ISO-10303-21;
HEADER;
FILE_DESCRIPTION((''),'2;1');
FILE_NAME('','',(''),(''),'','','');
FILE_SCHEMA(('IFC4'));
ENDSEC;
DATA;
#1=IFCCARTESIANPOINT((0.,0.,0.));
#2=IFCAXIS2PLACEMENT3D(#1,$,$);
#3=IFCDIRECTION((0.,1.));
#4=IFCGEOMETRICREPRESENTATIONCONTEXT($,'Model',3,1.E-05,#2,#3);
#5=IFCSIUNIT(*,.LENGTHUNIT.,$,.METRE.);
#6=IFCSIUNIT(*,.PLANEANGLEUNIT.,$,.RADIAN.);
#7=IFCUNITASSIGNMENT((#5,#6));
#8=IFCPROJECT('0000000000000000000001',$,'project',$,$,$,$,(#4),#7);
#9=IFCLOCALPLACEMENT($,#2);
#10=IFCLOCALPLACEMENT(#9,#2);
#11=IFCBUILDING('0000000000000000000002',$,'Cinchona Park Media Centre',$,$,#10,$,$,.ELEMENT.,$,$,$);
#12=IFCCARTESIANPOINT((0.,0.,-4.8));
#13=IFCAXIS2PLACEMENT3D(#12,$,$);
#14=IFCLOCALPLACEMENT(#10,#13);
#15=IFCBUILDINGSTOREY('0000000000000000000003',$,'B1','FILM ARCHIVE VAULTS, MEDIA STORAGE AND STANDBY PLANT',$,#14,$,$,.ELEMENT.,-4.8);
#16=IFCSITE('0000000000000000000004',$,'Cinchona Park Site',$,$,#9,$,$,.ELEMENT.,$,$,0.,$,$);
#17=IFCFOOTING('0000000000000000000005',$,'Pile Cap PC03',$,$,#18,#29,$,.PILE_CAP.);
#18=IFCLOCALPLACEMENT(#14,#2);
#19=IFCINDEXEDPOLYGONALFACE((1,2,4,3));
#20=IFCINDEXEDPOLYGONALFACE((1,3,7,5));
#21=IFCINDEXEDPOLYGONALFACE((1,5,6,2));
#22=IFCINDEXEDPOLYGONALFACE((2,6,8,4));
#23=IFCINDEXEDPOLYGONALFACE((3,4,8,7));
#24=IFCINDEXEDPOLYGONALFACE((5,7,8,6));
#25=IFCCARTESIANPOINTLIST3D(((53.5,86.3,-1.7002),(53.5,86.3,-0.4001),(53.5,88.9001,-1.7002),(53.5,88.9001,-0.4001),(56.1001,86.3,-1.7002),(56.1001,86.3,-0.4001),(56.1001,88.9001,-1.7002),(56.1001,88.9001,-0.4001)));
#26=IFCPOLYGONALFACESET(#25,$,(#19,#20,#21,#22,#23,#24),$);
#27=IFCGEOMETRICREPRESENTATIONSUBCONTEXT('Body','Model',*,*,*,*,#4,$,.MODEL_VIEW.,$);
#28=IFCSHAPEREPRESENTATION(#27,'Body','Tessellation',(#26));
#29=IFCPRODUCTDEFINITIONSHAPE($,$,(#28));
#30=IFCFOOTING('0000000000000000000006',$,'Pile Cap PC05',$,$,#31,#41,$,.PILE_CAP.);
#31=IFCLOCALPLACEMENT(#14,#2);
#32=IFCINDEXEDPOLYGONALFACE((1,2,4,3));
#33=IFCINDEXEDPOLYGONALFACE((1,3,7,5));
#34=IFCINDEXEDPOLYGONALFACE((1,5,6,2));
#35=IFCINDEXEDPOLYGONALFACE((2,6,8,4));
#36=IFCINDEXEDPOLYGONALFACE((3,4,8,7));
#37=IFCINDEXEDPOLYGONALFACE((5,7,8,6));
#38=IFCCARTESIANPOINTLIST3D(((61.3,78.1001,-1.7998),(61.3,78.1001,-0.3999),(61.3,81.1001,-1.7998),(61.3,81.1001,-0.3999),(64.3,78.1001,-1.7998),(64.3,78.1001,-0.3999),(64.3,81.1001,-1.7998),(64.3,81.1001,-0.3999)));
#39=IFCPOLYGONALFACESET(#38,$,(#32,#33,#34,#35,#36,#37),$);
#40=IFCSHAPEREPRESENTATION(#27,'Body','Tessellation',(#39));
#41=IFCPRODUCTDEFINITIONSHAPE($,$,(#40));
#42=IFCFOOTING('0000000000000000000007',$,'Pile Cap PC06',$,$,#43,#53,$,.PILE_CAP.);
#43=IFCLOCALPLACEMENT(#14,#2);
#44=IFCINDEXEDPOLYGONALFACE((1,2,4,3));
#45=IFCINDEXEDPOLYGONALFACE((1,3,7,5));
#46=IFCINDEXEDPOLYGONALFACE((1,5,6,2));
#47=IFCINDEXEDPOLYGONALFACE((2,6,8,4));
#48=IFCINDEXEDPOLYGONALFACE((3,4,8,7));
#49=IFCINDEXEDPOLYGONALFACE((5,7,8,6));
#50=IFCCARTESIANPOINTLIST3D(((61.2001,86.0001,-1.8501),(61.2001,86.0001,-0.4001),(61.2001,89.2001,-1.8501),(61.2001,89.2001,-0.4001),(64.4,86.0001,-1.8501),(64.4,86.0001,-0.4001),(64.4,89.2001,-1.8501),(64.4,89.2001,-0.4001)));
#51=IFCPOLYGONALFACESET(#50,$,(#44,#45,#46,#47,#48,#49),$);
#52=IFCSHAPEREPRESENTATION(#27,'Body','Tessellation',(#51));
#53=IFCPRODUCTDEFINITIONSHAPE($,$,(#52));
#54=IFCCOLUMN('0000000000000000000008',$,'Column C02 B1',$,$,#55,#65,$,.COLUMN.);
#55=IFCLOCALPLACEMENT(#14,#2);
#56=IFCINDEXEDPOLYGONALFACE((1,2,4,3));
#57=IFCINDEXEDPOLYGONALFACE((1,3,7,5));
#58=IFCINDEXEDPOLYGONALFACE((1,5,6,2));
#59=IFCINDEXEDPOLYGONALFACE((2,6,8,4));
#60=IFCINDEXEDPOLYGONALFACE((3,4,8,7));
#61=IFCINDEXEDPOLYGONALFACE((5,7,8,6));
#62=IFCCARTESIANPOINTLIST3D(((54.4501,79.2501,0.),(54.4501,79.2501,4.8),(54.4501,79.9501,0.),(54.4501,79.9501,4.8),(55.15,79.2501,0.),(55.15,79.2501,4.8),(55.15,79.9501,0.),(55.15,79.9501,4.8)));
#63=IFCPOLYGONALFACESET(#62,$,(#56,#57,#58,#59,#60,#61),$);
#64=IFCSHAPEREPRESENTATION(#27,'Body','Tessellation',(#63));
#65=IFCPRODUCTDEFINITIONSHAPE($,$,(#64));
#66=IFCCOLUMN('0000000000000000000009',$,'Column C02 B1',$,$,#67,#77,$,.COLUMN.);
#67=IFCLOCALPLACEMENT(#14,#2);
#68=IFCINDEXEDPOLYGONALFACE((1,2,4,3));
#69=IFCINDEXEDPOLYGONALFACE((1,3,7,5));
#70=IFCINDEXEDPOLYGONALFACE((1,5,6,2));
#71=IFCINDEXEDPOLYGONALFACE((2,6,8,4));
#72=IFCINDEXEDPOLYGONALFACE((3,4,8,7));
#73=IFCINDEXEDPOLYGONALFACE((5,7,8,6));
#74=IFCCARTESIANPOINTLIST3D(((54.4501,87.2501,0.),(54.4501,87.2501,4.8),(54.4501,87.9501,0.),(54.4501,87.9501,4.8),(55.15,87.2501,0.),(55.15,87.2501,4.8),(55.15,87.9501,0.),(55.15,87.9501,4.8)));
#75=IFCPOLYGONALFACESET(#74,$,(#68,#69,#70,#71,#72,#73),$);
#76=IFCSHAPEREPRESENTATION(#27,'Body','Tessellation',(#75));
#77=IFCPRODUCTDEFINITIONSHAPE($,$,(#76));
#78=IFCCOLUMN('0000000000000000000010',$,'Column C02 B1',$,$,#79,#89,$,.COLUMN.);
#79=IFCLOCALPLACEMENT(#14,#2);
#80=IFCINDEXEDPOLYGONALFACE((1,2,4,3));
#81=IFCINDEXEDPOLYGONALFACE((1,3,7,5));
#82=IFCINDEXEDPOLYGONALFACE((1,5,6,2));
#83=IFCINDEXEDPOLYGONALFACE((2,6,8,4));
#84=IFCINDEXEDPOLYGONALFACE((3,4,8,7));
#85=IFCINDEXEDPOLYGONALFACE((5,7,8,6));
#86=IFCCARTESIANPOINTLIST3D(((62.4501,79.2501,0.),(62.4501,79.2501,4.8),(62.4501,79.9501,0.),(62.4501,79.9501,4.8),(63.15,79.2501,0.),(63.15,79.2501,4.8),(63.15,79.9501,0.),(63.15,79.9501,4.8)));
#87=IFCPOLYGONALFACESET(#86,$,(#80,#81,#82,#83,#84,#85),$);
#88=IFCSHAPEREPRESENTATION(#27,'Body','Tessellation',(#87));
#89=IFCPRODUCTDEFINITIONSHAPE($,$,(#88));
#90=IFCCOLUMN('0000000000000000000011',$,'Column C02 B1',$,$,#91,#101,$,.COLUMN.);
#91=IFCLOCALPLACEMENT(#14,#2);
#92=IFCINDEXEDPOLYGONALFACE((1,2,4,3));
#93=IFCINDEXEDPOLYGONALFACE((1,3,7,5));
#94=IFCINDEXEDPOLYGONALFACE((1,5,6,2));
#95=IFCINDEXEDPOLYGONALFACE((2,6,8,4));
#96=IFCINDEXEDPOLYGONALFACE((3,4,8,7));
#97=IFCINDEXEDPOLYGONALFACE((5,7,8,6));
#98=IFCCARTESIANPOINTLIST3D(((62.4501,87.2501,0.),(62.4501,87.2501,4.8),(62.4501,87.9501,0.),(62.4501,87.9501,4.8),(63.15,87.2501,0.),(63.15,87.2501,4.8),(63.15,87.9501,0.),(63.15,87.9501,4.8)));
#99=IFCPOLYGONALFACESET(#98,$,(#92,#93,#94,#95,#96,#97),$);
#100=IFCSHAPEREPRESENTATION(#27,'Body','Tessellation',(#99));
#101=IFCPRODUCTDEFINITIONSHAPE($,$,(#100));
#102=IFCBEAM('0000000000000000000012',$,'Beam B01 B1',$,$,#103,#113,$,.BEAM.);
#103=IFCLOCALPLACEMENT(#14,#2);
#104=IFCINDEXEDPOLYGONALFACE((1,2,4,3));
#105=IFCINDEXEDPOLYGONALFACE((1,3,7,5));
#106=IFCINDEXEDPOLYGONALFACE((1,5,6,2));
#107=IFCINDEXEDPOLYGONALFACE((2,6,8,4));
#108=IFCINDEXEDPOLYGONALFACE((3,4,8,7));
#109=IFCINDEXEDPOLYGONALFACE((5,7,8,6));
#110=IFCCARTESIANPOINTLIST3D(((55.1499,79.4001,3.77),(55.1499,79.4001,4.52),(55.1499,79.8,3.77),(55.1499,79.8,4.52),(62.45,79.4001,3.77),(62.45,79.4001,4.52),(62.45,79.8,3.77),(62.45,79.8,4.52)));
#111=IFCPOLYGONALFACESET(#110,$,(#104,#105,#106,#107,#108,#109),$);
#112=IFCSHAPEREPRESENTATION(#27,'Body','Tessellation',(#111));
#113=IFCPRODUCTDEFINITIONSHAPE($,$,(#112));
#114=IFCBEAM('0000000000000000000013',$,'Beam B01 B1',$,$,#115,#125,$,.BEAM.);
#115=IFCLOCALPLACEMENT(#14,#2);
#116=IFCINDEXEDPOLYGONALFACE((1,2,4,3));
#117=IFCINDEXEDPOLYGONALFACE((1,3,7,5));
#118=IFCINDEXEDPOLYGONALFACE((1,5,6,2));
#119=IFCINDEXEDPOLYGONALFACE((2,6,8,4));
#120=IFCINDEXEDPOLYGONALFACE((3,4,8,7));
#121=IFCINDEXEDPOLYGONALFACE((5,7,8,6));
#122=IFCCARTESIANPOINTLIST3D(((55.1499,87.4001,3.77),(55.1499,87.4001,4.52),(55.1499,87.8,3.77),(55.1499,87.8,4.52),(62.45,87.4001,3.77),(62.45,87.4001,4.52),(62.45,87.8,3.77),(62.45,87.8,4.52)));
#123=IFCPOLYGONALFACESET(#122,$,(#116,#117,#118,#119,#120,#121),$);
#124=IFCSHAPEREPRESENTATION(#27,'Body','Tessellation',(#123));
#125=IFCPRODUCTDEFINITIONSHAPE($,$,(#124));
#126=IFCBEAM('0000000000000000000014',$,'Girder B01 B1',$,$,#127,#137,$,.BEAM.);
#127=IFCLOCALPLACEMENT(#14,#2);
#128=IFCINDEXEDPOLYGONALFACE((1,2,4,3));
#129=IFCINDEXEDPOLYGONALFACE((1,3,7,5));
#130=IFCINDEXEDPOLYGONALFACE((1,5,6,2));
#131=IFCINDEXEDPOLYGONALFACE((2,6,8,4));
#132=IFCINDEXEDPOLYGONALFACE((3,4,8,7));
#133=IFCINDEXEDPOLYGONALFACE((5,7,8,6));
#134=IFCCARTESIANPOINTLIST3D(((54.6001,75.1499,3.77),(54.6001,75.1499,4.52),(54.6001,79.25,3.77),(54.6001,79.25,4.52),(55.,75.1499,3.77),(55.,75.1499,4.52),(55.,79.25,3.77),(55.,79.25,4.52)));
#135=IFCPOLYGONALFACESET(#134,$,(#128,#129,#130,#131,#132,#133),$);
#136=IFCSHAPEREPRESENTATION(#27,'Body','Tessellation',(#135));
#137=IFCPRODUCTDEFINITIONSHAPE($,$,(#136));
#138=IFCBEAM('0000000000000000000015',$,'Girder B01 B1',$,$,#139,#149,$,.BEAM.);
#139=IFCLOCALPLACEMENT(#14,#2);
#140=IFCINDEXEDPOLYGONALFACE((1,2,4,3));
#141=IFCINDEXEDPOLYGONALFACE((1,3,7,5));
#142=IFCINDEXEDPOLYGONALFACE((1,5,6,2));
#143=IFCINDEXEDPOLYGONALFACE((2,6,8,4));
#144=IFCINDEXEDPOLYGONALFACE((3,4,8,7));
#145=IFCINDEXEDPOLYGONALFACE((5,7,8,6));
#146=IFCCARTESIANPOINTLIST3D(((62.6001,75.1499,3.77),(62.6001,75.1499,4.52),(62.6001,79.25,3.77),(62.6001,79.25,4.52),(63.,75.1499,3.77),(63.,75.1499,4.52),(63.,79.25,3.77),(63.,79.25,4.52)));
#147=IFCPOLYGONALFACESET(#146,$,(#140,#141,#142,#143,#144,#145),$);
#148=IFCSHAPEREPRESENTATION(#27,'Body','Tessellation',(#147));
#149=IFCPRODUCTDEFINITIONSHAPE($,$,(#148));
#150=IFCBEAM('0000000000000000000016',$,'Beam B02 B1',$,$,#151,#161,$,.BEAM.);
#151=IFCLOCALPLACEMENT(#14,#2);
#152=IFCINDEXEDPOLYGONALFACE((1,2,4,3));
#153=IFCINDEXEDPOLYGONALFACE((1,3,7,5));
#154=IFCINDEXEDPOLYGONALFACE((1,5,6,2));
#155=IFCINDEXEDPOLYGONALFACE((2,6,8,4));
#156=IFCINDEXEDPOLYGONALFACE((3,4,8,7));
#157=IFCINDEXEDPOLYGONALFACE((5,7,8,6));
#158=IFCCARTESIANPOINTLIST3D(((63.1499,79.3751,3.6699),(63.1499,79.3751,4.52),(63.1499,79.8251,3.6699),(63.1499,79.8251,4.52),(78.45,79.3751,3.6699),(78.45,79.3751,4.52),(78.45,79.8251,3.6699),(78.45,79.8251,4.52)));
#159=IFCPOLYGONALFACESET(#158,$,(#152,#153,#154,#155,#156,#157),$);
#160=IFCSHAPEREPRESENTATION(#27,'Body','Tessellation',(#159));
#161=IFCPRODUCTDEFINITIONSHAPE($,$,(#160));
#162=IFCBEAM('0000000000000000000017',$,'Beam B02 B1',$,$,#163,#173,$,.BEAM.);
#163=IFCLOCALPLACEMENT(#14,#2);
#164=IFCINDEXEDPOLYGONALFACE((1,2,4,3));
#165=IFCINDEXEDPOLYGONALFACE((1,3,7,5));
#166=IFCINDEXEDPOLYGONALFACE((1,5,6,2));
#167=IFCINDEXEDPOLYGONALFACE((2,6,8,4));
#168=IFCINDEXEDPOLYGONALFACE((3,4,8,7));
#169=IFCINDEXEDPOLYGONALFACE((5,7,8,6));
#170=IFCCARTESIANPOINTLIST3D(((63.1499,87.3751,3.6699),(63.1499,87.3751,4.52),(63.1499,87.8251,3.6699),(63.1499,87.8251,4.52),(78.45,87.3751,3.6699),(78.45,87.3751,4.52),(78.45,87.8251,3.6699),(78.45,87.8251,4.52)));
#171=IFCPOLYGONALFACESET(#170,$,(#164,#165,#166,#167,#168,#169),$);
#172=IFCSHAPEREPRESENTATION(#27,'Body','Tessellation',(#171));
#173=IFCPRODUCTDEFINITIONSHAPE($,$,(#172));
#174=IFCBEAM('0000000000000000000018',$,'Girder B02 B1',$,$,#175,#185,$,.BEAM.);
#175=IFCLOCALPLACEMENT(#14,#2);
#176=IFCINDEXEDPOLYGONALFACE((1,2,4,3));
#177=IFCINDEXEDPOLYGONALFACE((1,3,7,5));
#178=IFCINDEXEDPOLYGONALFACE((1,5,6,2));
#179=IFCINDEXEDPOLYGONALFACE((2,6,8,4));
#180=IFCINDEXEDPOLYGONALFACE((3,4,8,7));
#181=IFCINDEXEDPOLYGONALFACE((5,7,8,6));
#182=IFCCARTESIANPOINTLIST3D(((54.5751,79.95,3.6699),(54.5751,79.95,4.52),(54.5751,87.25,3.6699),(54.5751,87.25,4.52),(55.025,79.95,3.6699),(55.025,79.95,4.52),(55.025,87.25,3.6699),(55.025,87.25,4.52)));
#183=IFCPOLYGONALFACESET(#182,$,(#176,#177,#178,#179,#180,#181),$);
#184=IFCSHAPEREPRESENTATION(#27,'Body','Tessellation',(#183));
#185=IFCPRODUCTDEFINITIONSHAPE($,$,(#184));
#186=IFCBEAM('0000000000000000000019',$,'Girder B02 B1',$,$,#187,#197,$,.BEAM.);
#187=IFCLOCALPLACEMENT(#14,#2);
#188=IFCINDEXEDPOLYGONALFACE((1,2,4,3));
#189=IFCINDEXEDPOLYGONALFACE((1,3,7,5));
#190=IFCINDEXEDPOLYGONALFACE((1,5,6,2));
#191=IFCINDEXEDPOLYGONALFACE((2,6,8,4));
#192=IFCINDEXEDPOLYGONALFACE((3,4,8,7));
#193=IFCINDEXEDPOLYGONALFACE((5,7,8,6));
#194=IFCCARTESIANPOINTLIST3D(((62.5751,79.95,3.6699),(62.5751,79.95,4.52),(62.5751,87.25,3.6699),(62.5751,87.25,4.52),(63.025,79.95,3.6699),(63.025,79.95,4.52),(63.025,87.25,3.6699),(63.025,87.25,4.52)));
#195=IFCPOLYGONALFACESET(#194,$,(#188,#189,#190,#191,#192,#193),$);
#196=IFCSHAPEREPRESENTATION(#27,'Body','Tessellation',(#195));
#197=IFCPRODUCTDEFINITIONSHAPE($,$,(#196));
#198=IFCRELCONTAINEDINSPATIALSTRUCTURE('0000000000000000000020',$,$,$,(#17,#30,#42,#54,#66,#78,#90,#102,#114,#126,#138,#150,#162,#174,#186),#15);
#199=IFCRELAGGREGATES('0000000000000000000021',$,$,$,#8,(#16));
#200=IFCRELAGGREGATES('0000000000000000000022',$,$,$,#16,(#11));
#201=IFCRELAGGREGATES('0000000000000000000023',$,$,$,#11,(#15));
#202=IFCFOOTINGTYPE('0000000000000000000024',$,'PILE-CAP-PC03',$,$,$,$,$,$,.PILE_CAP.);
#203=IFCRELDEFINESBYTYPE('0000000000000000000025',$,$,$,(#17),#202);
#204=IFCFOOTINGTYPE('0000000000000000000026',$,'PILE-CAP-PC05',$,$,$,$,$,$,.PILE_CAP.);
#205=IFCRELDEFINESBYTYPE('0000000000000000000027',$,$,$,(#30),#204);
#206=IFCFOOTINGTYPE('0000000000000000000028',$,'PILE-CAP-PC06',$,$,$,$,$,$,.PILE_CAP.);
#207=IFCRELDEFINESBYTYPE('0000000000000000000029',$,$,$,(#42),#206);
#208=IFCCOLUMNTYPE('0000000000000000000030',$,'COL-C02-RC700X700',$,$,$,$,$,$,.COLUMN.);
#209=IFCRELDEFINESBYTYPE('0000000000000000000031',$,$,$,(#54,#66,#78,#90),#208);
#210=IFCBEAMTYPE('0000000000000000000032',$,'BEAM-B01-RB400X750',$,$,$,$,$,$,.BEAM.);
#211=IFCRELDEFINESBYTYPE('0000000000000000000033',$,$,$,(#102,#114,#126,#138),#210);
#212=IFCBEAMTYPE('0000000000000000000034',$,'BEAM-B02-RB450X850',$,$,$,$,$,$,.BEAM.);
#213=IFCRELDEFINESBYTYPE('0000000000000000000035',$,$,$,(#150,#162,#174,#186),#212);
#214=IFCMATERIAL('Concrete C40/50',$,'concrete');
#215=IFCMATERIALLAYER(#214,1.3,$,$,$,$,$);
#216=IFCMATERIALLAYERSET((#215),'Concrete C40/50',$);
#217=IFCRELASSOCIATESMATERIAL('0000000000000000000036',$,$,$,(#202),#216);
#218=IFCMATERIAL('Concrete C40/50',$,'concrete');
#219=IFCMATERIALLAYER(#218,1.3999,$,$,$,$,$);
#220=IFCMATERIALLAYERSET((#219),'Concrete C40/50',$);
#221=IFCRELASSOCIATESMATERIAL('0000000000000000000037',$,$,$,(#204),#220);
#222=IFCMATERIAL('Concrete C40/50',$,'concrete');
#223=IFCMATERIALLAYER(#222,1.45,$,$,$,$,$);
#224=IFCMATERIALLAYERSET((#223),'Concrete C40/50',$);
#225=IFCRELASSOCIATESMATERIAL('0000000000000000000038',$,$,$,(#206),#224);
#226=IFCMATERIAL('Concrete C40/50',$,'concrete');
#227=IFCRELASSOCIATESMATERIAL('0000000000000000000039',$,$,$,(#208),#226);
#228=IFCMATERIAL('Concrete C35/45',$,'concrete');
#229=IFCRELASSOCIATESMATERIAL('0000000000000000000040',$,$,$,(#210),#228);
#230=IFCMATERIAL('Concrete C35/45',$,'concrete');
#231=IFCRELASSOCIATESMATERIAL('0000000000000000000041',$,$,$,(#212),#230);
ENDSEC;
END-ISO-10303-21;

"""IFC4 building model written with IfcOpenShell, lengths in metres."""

from ifc_helpers import new_model, si_unit, direction, frame, origin, origin_2d, place, context, subcontext, project, spatial, rectangle, extrude, material, layer, layer_set, material_profile, profile_set, type_object, element, save


model = new_model("IFC4")

# Units and contexts
model_context = context("Model", 3, precision=1e-05, world=origin(), true_north=direction((0.0, 1.0)))
body_context = subcontext(model_context, "Body", "Model", "MODEL_VIEW")
ifc_project = project(units=[si_unit("LENGTHUNIT", "METRE"), si_unit("PLANEANGLEUNIT", "RADIAN")], contexts=[model_context])

# Site, building, storey
site_placement = place(None, origin())
site = spatial("IfcSite", under=ifc_project, at=site_placement, Name="Cinchona Park Site", CompositionType="ELEMENT", RefElevation=0.0)
building_placement = place(site_placement, origin())
building = spatial("IfcBuilding", under=site, at=building_placement, Name="Cinchona Park Media Centre", CompositionType="ELEMENT")
storey_placement = place(building_placement, frame((0.0, 0.0, -4.8)))
storey = spatial("IfcBuildingStorey", under=building, at=storey_placement, Name="B1", Description="FILM ARCHIVE VAULTS, MEDIA STORAGE AND STANDBY PLANT", CompositionType="ELEMENT", Elevation=-4.8)

# Footings
ifc_material_1 = material(Name="Concrete C40/50", Category="concrete")
ifc_layer_1 = layer(ifc_material_1, 1.3)
ifc_layer_set_1 = layer_set([ifc_layer_1], Name="Concrete C40/50")
footing_type_1 = type_object("IfcFootingType", Name="PILE-CAP-PC03", PredefinedType="PILE_CAP", material=ifc_layer_set_1)
footing_1_placement = place(storey_placement, frame((54.8, 87.6001, -1.7002), z_axis=(0.0, 0.0, 1.0), x_axis=(1.0, 0.0, 0.0)))
element("IfcFooting", 1, at=footing_1_placement, inside=storey, type_object=footing_type_1, Name="Pile Cap PC03", PredefinedType="PILE_CAP", context=body_context, shape_type="SweptSolid", body=[
    extrude(rectangle(XDim=2.6001, YDim=2.6001, at=origin_2d()), origin(), (0.0, 0.0, 1.0), 1.3),
])
ifc_material_2 = material(Name="Concrete C40/50", Category="concrete")
ifc_layer_2 = layer(ifc_material_2, 1.3999)
ifc_layer_set_2 = layer_set([ifc_layer_2], Name="Concrete C40/50")
footing_type_2 = type_object("IfcFootingType", Name="PILE-CAP-PC05", PredefinedType="PILE_CAP", material=ifc_layer_set_2)
footing_2_placement = place(storey_placement, frame((62.8, 79.6001, -1.7998), z_axis=(0.0, 0.0, 1.0), x_axis=(1.0, 0.0, 0.0)))
element("IfcFooting", 2, at=footing_2_placement, inside=storey, type_object=footing_type_2, Name="Pile Cap PC05", PredefinedType="PILE_CAP", context=body_context, shape_type="SweptSolid", body=[
    extrude(rectangle(XDim=3.0, YDim=3.0, at=origin_2d()), origin(), (0.0, 0.0, 1.0), 1.3999),
])
ifc_material_3 = material(Name="Concrete C40/50", Category="concrete")
ifc_layer_3 = layer(ifc_material_3, 1.45)
ifc_layer_set_3 = layer_set([ifc_layer_3], Name="Concrete C40/50")
footing_type_3 = type_object("IfcFootingType", Name="PILE-CAP-PC06", PredefinedType="PILE_CAP", material=ifc_layer_set_3)
footing_3_placement = place(storey_placement, frame((62.8, 87.6001, -1.8501), z_axis=(0.0, 0.0, 1.0), x_axis=(1.0, 0.0, 0.0)))
element("IfcFooting", 3, at=footing_3_placement, inside=storey, type_object=footing_type_3, Name="Pile Cap PC06", PredefinedType="PILE_CAP", context=body_context, shape_type="SweptSolid", body=[
    extrude(rectangle(XDim=3.2, YDim=3.2, at=origin_2d()), origin(), (0.0, 0.0, 1.0), 1.45),
])

# Columns
ifc_material_4 = material(Name="Concrete C40/50", Category="concrete")
ifc_material_profile_1 = material_profile(ifc_material_4, rectangle(XDim=0.7, YDim=0.7, at=origin_2d()), Name="RC 700X700")
ifc_profile_set_1 = profile_set([ifc_material_profile_1], Name="Concrete C40/50")
column_type = type_object("IfcColumnType", Name="COL-C02-RC700X700", PredefinedType="COLUMN", material=ifc_profile_set_1)
for number, where, z_axis, x_axis, name in (
    (4, (54.8, 79.6001, 0.0), (0.0, 0.0, 1.0), (1.0, 0.0, 0.0), "Column C02 B1"),
    (5, (54.8, 87.6001, 0.0), (0.0, 0.0, 1.0), (1.0, 0.0, 0.0), "Column C02 B1"),
    (6, (62.8, 79.6001, 0.0), (0.0, 0.0, 1.0), (1.0, 0.0, 0.0), "Column C02 B1"),
    (7, (62.8, 87.6001, 0.0), (0.0, 0.0, 1.0), (1.0, 0.0, 0.0), "Column C02 B1"),
):
    element("IfcColumn", number, at=place(storey_placement, frame(where, z_axis=z_axis, x_axis=x_axis)), inside=storey, type_object=column_type, Name=name, PredefinedType="COLUMN", context=body_context, shape_type="SweptSolid", body=[
        extrude(rectangle(XDim=0.7, YDim=0.7, at=origin_2d()), origin(), (0.0, 0.0, 1.0), 4.8),
    ])

# Beams
ifc_material_5 = material(Name="Concrete C35/45", Category="concrete")
ifc_material_profile_2 = material_profile(ifc_material_5, rectangle(XDim=0.3999, YDim=0.75, at=origin_2d()), Name="RB 400X750")
ifc_profile_set_2 = profile_set([ifc_material_profile_2], Name="Concrete C35/45")
beam_type_1 = type_object("IfcBeamType", Name="BEAM-B01-RB400X750", PredefinedType="BEAM", material=ifc_profile_set_2)
for number, where, z_axis, x_axis, name in (
    (8, (55.1499, 79.6001, 4.145), (1.0, 0.0, 0.0), (0.0, 1.0, 0.0), "Beam B01 B1"),
    (9, (55.1499, 87.6001, 4.145), (1.0, 0.0, 0.0), (0.0, 1.0, 0.0), "Beam B01 B1"),
):
    element("IfcBeam", number, at=place(storey_placement, frame(where, z_axis=z_axis, x_axis=x_axis)), inside=storey, type_object=beam_type_1, Name=name, PredefinedType="BEAM", context=body_context, shape_type="SweptSolid", body=[
        extrude(rectangle(XDim=0.3999, YDim=0.75, at=origin_2d()), origin(), (0.0, 0.0, 1.0), 7.3),
    ])
for number, where, z_axis, x_axis, name in (
    (10, (54.8, 75.1499, 4.145), (0.0, 1.0, 0.0), (-1.0, 0.0, 0.0), "Girder B01 B1"),
    (11, (62.8, 75.1499, 4.145), (0.0, 1.0, 0.0), (-1.0, 0.0, 0.0), "Girder B01 B1"),
):
    element("IfcBeam", number, at=place(storey_placement, frame(where, z_axis=z_axis, x_axis=x_axis)), inside=storey, type_object=beam_type_1, Name=name, PredefinedType="BEAM", context=body_context, shape_type="SweptSolid", body=[
        extrude(rectangle(XDim=0.3999, YDim=0.75, at=origin_2d()), origin(), (0.0, 0.0, 1.0), 4.1001),
    ])
ifc_material_6 = material(Name="Concrete C35/45", Category="concrete")
ifc_material_profile_3 = material_profile(ifc_material_6, rectangle(XDim=0.45, YDim=0.8501, at=origin_2d()), Name="RB 450X850")
ifc_profile_set_3 = profile_set([ifc_material_profile_3], Name="Concrete C35/45")
beam_type_2 = type_object("IfcBeamType", Name="BEAM-B02-RB450X850", PredefinedType="BEAM", material=ifc_profile_set_3)
for number, where, z_axis, x_axis, name in (
    (12, (63.1499, 79.6001, 4.095), (1.0, 0.0, 0.0), (0.0, 1.0, 0.0), "Beam B02 B1"),
    (13, (63.1499, 87.6001, 4.095), (1.0, 0.0, 0.0), (0.0, 1.0, 0.0), "Beam B02 B1"),
):
    element("IfcBeam", number, at=place(storey_placement, frame(where, z_axis=z_axis, x_axis=x_axis)), inside=storey, type_object=beam_type_2, Name=name, PredefinedType="BEAM", context=body_context, shape_type="SweptSolid", body=[
        extrude(rectangle(XDim=0.45, YDim=0.8501, at=origin_2d()), origin(), (0.0, 0.0, 1.0), 15.3),
    ])
for number, where, z_axis, x_axis, name in (
    (14, (54.8, 79.95, 4.095), (0.0, 1.0, 0.0), (-1.0, 0.0, 0.0), "Girder B02 B1"),
    (15, (62.8, 79.95, 4.095), (0.0, 1.0, 0.0), (-1.0, 0.0, 0.0), "Girder B02 B1"),
):
    element("IfcBeam", number, at=place(storey_placement, frame(where, z_axis=z_axis, x_axis=x_axis)), inside=storey, type_object=beam_type_2, Name=name, PredefinedType="BEAM", context=body_context, shape_type="SweptSolid", body=[
        extrude(rectangle(XDim=0.45, YDim=0.8501, at=origin_2d()), origin(), (0.0, 0.0, 1.0), 7.3),
    ])

save(model, "model.ifc")
